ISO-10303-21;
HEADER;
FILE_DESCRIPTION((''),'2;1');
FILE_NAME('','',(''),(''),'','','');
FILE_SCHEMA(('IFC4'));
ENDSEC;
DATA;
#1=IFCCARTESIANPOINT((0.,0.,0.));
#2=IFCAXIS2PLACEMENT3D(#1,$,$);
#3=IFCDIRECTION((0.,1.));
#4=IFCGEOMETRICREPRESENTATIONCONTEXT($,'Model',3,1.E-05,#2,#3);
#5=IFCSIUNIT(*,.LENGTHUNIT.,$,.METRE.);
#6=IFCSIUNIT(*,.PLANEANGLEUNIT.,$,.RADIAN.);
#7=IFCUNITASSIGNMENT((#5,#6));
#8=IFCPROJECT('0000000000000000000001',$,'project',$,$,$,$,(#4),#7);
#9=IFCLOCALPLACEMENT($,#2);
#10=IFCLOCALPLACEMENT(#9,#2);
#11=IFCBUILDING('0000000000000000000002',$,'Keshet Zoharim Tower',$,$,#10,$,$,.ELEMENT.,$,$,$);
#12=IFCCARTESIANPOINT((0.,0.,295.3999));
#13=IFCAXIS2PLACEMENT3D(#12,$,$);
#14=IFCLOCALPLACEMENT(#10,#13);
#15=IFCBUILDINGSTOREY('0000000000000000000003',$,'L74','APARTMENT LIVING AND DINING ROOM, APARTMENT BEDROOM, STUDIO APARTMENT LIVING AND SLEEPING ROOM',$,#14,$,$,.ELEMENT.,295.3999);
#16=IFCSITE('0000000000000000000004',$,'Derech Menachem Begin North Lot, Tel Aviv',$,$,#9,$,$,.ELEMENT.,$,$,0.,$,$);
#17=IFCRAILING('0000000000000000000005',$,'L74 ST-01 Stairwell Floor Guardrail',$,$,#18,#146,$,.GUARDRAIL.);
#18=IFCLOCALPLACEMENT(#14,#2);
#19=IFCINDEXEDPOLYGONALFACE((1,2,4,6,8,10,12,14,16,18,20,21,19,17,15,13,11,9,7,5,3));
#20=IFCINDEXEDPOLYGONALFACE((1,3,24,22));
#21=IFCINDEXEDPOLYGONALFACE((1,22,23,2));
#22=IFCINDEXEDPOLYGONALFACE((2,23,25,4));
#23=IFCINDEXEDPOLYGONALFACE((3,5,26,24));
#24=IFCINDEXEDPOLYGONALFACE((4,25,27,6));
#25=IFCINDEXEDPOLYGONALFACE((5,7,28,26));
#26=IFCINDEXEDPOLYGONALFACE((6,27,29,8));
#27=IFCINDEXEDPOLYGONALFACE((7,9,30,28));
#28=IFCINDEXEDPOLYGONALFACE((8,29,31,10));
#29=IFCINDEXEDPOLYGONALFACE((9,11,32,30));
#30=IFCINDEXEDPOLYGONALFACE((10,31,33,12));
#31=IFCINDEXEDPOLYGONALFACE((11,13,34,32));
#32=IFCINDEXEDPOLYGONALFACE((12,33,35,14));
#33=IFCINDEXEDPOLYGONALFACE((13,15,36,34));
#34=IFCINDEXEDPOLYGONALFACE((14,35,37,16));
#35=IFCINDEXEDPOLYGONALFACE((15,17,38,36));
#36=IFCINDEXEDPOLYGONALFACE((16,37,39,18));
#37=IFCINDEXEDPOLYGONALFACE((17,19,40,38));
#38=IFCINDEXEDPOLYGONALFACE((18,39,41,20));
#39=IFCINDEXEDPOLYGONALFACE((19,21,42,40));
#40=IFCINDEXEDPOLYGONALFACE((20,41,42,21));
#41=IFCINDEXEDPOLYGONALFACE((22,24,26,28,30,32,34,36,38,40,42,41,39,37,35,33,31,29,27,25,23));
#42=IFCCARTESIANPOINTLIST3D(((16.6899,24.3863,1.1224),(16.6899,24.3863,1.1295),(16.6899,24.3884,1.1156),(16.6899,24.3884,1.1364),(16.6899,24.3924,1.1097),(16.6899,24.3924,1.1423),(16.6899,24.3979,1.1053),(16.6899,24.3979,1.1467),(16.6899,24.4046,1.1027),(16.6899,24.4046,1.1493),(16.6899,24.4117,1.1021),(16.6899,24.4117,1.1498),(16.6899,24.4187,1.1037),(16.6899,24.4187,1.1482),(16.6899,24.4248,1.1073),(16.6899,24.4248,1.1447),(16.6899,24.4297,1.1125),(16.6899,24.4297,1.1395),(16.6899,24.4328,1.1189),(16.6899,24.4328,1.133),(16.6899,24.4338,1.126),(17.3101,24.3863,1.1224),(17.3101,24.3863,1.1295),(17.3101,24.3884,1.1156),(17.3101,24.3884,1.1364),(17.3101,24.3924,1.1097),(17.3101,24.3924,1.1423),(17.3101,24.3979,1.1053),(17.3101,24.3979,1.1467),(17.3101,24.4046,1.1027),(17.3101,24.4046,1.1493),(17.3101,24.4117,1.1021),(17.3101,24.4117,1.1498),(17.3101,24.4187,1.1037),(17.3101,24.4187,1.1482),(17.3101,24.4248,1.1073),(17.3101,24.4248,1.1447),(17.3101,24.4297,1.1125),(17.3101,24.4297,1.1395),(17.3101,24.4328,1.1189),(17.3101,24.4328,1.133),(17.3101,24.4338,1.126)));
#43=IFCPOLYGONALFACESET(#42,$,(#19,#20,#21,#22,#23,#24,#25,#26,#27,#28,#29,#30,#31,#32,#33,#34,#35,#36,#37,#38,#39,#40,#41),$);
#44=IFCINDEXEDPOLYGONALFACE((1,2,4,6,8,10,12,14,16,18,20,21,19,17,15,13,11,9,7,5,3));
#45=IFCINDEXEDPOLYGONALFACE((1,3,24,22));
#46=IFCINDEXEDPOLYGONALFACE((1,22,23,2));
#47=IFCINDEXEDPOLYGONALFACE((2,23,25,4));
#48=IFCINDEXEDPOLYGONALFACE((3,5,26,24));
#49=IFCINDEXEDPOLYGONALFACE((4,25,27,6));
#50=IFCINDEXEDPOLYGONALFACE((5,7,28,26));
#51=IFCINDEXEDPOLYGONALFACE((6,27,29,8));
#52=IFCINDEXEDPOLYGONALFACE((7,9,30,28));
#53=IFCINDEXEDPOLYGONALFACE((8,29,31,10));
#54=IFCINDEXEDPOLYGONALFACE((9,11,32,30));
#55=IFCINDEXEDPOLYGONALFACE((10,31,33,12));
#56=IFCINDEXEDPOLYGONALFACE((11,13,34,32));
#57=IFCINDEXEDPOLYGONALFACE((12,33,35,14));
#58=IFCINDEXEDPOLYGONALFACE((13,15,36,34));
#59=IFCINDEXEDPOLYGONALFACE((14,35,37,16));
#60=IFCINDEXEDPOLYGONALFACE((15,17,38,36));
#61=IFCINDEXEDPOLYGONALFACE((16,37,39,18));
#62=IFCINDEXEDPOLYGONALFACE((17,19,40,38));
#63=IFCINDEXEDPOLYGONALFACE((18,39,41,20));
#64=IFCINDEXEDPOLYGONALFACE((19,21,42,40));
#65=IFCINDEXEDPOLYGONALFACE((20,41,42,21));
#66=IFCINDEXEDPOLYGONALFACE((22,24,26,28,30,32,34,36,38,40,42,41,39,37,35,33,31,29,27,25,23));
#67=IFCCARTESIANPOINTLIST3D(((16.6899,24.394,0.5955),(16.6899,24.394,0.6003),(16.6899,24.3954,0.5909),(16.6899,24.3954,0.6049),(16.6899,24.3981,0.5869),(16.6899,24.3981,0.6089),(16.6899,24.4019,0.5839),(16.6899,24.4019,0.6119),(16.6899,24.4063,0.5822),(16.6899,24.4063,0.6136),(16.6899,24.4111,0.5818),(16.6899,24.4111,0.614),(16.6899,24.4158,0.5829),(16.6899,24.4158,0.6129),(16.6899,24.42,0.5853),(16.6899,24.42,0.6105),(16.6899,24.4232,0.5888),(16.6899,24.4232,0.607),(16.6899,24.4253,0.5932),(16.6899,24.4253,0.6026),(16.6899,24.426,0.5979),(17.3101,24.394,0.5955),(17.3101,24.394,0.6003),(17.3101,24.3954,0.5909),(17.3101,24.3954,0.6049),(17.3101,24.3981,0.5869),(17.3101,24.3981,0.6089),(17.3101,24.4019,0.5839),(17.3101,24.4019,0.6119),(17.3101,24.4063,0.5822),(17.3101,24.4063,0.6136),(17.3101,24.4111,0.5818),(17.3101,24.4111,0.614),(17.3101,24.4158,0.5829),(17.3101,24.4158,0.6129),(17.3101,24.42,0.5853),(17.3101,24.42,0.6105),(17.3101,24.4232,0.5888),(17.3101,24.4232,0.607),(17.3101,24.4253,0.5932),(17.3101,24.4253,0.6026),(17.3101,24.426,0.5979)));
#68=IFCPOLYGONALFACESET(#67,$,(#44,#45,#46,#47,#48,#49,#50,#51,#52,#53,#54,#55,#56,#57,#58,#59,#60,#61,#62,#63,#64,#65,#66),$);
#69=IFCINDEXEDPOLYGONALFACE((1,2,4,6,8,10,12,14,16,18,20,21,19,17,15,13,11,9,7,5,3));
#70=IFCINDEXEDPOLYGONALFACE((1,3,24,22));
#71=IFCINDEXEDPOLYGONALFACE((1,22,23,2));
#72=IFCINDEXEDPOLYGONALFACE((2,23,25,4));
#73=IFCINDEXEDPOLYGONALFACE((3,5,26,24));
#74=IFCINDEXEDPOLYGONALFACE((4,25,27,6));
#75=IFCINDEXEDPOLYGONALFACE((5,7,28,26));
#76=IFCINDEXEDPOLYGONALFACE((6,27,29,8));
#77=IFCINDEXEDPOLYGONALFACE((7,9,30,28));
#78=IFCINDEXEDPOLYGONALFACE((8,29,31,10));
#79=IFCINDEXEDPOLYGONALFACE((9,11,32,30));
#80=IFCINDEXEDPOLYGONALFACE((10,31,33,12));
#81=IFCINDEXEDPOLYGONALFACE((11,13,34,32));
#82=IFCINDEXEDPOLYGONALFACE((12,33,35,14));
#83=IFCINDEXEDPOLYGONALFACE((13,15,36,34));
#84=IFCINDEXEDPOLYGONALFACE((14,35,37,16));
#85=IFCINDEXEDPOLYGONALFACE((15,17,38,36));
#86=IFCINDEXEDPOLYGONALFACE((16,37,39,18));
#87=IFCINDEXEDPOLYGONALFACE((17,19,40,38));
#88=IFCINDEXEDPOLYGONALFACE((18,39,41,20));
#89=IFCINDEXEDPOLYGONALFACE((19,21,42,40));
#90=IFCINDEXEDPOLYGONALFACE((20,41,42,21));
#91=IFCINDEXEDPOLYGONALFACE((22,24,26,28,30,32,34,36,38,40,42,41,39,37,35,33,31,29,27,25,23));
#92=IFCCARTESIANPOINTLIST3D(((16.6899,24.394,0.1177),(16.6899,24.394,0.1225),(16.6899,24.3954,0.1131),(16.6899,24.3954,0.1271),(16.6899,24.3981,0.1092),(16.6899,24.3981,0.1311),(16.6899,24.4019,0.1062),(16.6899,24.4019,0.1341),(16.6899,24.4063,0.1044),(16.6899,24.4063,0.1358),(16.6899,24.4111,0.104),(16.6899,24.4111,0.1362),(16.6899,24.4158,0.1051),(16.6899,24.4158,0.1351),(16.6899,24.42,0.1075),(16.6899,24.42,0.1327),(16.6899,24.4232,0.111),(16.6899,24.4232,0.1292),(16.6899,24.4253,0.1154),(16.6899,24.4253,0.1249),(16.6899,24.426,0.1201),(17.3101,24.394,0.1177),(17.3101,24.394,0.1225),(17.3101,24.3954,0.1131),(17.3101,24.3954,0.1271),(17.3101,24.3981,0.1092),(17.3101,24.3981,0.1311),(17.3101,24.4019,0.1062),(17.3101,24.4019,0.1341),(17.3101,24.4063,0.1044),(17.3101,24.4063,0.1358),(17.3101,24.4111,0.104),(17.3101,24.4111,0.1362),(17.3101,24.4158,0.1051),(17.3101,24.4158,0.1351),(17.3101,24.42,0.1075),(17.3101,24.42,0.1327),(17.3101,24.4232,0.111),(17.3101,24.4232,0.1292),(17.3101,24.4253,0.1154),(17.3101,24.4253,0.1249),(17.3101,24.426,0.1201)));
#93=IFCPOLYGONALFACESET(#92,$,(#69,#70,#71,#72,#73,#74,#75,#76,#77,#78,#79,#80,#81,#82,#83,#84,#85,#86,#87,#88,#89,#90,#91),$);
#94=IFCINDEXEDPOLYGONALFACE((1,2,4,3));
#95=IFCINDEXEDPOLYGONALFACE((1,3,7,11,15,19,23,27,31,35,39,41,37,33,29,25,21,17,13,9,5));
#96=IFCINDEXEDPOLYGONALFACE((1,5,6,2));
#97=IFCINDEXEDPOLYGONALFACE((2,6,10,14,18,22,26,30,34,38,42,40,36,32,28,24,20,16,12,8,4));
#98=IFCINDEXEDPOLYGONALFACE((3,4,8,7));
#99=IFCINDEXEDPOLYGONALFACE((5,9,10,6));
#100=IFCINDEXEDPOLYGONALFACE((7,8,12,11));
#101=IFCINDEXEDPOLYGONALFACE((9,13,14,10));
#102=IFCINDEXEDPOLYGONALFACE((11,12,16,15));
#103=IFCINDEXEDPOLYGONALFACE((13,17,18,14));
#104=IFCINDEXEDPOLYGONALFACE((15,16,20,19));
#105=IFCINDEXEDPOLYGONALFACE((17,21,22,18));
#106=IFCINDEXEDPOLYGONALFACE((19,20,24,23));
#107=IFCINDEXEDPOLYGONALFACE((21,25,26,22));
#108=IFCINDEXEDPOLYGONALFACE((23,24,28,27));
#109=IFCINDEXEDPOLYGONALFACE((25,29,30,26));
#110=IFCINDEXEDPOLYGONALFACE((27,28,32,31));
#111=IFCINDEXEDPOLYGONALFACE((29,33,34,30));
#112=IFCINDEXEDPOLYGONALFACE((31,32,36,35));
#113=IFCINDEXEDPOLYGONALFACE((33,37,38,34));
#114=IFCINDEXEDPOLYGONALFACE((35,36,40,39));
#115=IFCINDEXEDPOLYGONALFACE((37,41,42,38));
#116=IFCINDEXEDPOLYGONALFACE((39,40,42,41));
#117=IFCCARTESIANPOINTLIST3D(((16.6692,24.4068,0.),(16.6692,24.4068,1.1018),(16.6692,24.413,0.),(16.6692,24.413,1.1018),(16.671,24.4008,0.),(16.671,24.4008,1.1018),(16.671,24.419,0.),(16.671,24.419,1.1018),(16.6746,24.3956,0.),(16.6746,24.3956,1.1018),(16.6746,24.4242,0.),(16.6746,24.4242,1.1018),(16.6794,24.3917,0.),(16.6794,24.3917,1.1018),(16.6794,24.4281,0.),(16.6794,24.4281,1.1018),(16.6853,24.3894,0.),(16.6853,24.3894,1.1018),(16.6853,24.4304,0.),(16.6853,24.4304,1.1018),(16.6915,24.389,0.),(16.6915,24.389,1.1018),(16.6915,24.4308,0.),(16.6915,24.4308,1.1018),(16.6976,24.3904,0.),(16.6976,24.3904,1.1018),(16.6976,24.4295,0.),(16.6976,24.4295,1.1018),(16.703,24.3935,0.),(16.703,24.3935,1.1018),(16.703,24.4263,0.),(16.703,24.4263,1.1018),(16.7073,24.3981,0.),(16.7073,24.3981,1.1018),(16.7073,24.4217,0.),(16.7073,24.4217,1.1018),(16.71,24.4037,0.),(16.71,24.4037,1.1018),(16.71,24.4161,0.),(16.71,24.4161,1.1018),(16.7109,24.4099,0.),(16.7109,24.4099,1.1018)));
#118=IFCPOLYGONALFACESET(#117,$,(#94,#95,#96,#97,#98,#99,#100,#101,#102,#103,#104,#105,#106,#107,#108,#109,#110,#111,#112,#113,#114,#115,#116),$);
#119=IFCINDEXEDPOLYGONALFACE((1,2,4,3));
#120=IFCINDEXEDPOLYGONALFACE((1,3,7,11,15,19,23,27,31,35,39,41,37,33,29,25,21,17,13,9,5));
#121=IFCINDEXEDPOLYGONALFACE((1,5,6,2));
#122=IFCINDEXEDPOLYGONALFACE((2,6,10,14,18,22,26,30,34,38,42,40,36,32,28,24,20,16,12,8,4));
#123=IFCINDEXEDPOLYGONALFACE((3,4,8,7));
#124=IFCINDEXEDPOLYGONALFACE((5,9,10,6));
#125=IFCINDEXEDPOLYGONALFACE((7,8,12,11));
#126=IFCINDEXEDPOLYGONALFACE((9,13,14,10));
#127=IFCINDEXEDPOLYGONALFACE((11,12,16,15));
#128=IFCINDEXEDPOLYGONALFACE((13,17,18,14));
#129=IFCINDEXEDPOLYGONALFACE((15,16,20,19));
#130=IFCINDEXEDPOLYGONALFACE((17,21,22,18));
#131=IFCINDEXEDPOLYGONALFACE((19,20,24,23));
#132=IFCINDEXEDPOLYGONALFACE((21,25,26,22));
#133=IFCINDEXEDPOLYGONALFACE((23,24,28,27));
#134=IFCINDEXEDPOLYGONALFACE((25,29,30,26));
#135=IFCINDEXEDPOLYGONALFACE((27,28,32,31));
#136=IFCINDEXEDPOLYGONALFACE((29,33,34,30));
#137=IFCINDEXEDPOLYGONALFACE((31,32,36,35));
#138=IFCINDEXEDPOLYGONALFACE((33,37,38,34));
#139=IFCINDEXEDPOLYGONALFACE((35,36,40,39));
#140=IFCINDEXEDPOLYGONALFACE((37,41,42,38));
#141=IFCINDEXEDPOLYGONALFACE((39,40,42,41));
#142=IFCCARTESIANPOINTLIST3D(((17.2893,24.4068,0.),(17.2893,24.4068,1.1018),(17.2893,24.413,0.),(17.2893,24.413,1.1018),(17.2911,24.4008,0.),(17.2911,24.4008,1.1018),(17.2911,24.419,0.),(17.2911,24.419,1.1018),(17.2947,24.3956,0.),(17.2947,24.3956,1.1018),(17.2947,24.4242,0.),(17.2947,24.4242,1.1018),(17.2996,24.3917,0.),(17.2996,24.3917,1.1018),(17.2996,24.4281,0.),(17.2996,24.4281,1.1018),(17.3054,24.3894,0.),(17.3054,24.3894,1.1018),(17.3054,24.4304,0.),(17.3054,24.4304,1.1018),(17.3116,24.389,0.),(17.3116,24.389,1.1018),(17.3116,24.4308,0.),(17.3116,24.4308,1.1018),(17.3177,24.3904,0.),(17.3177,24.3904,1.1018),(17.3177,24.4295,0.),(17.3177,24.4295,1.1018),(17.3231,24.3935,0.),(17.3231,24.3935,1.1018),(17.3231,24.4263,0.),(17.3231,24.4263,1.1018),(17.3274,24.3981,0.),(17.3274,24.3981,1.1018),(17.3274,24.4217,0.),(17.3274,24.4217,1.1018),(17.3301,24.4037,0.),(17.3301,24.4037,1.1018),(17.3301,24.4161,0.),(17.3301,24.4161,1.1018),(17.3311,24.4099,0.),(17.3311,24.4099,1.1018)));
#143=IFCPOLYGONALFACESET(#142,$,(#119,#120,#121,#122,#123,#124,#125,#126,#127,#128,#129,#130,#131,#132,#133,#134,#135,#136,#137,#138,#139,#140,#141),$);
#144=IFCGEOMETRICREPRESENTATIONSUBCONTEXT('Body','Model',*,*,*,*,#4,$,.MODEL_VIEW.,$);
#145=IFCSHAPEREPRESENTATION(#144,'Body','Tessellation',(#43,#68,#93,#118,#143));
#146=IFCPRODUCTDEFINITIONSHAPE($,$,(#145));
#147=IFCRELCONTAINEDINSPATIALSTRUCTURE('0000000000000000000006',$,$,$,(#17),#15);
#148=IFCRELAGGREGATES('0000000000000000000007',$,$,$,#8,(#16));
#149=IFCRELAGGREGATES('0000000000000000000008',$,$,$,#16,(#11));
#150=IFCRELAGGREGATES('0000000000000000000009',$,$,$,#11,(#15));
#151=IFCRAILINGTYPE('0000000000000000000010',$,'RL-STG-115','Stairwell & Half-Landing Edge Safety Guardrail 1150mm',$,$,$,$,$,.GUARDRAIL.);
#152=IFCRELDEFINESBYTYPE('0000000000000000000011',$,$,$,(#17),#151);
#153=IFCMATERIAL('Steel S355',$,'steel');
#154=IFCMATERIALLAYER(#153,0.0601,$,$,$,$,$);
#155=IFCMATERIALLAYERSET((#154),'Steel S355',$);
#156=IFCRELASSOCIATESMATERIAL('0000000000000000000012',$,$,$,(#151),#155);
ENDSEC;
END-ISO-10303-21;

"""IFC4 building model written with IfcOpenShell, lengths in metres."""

from ifc_helpers import new_model, si_unit, direction, frame, origin, origin_2d, place, context, subcontext, project, spatial, circle, extrude, material, layer, layer_set, type_object, element, save


model = new_model("IFC4")

# Units and contexts
model_context = context("Model", 3, precision=1e-05, world=origin(), true_north=direction((0.0, 1.0)))
body_context = subcontext(model_context, "Body", "Model", "MODEL_VIEW")
ifc_project = project(units=[si_unit("LENGTHUNIT", "METRE"), si_unit("PLANEANGLEUNIT", "RADIAN")], contexts=[model_context])

# Site, building, storey
site_placement = place(None, origin())
site = spatial("IfcSite", under=ifc_project, at=site_placement, Name="Derech Menachem Begin North Lot, Tel Aviv", CompositionType="ELEMENT", RefElevation=0.0)
building_placement = place(site_placement, origin())
building = spatial("IfcBuilding", under=site, at=building_placement, Name="Keshet Zoharim Tower", CompositionType="ELEMENT")
storey_placement = place(building_placement, frame((0.0, 0.0, 295.3999)))
storey = spatial("IfcBuildingStorey", under=building, at=storey_placement, Name="L74", Description="APARTMENT LIVING AND DINING ROOM, APARTMENT BEDROOM, STUDIO APARTMENT LIVING AND SLEEPING ROOM", CompositionType="ELEMENT", Elevation=295.3999)

# Shared definitions
ifc_material_1 = material(Name="Steel S355", Category="steel")

# Railing
ifc_layer_1 = layer(ifc_material_1, 0.0601)
ifc_layer_set_1 = layer_set([ifc_layer_1], Name="Steel S355")
railing_type_1 = type_object("IfcRailingType", Name="RL-STG-115", Description="Stairwell & Half-Landing Edge Safety Guardrail 1150mm", PredefinedType="GUARDRAIL", material=ifc_layer_set_1)
railing_1_placement = place(storey_placement, frame((16.6899, 24.4099, 0.0)))
element("IfcRailing", 1, at=railing_1_placement, inside=storey, type_object=railing_type_1, Name="L74 ST-01 Stairwell Floor Guardrail", PredefinedType="GUARDRAIL", context=body_context, shape_type="SweptSolid", body=[
    extrude(circle(Radius=0.0239, at=origin_2d()), frame((0.0, 0.0, 1.126), z_axis=(1.0, 0.0, 0.0), x_axis=(0.0, 1.0, 0.0)), (0.0, 0.0, 1.0), 0.6201),
    extrude(circle(Radius=0.0161, at=origin_2d()), frame((0.0, 0.0, 0.5979), z_axis=(1.0, 0.0, 0.0), x_axis=(0.0, 1.0, 0.0)), (0.0, 0.0, 1.0), 0.6201),
    extrude(circle(Radius=0.0161, at=origin_2d()), frame((0.0, 0.0, 0.1201), z_axis=(1.0, 0.0, 0.0), x_axis=(0.0, 1.0, 0.0)), (0.0, 0.0, 1.0), 0.6201),
    extrude(circle(Radius=0.021, at=origin_2d()), origin(), (0.0, 0.0, 1.0), 1.1018),
    extrude(circle(Radius=0.021, at=origin_2d()), frame((0.6201, 0.0, 0.0)), (0.0, 0.0, 1.0), 1.1018),
])

save(model, "model.ifc")
